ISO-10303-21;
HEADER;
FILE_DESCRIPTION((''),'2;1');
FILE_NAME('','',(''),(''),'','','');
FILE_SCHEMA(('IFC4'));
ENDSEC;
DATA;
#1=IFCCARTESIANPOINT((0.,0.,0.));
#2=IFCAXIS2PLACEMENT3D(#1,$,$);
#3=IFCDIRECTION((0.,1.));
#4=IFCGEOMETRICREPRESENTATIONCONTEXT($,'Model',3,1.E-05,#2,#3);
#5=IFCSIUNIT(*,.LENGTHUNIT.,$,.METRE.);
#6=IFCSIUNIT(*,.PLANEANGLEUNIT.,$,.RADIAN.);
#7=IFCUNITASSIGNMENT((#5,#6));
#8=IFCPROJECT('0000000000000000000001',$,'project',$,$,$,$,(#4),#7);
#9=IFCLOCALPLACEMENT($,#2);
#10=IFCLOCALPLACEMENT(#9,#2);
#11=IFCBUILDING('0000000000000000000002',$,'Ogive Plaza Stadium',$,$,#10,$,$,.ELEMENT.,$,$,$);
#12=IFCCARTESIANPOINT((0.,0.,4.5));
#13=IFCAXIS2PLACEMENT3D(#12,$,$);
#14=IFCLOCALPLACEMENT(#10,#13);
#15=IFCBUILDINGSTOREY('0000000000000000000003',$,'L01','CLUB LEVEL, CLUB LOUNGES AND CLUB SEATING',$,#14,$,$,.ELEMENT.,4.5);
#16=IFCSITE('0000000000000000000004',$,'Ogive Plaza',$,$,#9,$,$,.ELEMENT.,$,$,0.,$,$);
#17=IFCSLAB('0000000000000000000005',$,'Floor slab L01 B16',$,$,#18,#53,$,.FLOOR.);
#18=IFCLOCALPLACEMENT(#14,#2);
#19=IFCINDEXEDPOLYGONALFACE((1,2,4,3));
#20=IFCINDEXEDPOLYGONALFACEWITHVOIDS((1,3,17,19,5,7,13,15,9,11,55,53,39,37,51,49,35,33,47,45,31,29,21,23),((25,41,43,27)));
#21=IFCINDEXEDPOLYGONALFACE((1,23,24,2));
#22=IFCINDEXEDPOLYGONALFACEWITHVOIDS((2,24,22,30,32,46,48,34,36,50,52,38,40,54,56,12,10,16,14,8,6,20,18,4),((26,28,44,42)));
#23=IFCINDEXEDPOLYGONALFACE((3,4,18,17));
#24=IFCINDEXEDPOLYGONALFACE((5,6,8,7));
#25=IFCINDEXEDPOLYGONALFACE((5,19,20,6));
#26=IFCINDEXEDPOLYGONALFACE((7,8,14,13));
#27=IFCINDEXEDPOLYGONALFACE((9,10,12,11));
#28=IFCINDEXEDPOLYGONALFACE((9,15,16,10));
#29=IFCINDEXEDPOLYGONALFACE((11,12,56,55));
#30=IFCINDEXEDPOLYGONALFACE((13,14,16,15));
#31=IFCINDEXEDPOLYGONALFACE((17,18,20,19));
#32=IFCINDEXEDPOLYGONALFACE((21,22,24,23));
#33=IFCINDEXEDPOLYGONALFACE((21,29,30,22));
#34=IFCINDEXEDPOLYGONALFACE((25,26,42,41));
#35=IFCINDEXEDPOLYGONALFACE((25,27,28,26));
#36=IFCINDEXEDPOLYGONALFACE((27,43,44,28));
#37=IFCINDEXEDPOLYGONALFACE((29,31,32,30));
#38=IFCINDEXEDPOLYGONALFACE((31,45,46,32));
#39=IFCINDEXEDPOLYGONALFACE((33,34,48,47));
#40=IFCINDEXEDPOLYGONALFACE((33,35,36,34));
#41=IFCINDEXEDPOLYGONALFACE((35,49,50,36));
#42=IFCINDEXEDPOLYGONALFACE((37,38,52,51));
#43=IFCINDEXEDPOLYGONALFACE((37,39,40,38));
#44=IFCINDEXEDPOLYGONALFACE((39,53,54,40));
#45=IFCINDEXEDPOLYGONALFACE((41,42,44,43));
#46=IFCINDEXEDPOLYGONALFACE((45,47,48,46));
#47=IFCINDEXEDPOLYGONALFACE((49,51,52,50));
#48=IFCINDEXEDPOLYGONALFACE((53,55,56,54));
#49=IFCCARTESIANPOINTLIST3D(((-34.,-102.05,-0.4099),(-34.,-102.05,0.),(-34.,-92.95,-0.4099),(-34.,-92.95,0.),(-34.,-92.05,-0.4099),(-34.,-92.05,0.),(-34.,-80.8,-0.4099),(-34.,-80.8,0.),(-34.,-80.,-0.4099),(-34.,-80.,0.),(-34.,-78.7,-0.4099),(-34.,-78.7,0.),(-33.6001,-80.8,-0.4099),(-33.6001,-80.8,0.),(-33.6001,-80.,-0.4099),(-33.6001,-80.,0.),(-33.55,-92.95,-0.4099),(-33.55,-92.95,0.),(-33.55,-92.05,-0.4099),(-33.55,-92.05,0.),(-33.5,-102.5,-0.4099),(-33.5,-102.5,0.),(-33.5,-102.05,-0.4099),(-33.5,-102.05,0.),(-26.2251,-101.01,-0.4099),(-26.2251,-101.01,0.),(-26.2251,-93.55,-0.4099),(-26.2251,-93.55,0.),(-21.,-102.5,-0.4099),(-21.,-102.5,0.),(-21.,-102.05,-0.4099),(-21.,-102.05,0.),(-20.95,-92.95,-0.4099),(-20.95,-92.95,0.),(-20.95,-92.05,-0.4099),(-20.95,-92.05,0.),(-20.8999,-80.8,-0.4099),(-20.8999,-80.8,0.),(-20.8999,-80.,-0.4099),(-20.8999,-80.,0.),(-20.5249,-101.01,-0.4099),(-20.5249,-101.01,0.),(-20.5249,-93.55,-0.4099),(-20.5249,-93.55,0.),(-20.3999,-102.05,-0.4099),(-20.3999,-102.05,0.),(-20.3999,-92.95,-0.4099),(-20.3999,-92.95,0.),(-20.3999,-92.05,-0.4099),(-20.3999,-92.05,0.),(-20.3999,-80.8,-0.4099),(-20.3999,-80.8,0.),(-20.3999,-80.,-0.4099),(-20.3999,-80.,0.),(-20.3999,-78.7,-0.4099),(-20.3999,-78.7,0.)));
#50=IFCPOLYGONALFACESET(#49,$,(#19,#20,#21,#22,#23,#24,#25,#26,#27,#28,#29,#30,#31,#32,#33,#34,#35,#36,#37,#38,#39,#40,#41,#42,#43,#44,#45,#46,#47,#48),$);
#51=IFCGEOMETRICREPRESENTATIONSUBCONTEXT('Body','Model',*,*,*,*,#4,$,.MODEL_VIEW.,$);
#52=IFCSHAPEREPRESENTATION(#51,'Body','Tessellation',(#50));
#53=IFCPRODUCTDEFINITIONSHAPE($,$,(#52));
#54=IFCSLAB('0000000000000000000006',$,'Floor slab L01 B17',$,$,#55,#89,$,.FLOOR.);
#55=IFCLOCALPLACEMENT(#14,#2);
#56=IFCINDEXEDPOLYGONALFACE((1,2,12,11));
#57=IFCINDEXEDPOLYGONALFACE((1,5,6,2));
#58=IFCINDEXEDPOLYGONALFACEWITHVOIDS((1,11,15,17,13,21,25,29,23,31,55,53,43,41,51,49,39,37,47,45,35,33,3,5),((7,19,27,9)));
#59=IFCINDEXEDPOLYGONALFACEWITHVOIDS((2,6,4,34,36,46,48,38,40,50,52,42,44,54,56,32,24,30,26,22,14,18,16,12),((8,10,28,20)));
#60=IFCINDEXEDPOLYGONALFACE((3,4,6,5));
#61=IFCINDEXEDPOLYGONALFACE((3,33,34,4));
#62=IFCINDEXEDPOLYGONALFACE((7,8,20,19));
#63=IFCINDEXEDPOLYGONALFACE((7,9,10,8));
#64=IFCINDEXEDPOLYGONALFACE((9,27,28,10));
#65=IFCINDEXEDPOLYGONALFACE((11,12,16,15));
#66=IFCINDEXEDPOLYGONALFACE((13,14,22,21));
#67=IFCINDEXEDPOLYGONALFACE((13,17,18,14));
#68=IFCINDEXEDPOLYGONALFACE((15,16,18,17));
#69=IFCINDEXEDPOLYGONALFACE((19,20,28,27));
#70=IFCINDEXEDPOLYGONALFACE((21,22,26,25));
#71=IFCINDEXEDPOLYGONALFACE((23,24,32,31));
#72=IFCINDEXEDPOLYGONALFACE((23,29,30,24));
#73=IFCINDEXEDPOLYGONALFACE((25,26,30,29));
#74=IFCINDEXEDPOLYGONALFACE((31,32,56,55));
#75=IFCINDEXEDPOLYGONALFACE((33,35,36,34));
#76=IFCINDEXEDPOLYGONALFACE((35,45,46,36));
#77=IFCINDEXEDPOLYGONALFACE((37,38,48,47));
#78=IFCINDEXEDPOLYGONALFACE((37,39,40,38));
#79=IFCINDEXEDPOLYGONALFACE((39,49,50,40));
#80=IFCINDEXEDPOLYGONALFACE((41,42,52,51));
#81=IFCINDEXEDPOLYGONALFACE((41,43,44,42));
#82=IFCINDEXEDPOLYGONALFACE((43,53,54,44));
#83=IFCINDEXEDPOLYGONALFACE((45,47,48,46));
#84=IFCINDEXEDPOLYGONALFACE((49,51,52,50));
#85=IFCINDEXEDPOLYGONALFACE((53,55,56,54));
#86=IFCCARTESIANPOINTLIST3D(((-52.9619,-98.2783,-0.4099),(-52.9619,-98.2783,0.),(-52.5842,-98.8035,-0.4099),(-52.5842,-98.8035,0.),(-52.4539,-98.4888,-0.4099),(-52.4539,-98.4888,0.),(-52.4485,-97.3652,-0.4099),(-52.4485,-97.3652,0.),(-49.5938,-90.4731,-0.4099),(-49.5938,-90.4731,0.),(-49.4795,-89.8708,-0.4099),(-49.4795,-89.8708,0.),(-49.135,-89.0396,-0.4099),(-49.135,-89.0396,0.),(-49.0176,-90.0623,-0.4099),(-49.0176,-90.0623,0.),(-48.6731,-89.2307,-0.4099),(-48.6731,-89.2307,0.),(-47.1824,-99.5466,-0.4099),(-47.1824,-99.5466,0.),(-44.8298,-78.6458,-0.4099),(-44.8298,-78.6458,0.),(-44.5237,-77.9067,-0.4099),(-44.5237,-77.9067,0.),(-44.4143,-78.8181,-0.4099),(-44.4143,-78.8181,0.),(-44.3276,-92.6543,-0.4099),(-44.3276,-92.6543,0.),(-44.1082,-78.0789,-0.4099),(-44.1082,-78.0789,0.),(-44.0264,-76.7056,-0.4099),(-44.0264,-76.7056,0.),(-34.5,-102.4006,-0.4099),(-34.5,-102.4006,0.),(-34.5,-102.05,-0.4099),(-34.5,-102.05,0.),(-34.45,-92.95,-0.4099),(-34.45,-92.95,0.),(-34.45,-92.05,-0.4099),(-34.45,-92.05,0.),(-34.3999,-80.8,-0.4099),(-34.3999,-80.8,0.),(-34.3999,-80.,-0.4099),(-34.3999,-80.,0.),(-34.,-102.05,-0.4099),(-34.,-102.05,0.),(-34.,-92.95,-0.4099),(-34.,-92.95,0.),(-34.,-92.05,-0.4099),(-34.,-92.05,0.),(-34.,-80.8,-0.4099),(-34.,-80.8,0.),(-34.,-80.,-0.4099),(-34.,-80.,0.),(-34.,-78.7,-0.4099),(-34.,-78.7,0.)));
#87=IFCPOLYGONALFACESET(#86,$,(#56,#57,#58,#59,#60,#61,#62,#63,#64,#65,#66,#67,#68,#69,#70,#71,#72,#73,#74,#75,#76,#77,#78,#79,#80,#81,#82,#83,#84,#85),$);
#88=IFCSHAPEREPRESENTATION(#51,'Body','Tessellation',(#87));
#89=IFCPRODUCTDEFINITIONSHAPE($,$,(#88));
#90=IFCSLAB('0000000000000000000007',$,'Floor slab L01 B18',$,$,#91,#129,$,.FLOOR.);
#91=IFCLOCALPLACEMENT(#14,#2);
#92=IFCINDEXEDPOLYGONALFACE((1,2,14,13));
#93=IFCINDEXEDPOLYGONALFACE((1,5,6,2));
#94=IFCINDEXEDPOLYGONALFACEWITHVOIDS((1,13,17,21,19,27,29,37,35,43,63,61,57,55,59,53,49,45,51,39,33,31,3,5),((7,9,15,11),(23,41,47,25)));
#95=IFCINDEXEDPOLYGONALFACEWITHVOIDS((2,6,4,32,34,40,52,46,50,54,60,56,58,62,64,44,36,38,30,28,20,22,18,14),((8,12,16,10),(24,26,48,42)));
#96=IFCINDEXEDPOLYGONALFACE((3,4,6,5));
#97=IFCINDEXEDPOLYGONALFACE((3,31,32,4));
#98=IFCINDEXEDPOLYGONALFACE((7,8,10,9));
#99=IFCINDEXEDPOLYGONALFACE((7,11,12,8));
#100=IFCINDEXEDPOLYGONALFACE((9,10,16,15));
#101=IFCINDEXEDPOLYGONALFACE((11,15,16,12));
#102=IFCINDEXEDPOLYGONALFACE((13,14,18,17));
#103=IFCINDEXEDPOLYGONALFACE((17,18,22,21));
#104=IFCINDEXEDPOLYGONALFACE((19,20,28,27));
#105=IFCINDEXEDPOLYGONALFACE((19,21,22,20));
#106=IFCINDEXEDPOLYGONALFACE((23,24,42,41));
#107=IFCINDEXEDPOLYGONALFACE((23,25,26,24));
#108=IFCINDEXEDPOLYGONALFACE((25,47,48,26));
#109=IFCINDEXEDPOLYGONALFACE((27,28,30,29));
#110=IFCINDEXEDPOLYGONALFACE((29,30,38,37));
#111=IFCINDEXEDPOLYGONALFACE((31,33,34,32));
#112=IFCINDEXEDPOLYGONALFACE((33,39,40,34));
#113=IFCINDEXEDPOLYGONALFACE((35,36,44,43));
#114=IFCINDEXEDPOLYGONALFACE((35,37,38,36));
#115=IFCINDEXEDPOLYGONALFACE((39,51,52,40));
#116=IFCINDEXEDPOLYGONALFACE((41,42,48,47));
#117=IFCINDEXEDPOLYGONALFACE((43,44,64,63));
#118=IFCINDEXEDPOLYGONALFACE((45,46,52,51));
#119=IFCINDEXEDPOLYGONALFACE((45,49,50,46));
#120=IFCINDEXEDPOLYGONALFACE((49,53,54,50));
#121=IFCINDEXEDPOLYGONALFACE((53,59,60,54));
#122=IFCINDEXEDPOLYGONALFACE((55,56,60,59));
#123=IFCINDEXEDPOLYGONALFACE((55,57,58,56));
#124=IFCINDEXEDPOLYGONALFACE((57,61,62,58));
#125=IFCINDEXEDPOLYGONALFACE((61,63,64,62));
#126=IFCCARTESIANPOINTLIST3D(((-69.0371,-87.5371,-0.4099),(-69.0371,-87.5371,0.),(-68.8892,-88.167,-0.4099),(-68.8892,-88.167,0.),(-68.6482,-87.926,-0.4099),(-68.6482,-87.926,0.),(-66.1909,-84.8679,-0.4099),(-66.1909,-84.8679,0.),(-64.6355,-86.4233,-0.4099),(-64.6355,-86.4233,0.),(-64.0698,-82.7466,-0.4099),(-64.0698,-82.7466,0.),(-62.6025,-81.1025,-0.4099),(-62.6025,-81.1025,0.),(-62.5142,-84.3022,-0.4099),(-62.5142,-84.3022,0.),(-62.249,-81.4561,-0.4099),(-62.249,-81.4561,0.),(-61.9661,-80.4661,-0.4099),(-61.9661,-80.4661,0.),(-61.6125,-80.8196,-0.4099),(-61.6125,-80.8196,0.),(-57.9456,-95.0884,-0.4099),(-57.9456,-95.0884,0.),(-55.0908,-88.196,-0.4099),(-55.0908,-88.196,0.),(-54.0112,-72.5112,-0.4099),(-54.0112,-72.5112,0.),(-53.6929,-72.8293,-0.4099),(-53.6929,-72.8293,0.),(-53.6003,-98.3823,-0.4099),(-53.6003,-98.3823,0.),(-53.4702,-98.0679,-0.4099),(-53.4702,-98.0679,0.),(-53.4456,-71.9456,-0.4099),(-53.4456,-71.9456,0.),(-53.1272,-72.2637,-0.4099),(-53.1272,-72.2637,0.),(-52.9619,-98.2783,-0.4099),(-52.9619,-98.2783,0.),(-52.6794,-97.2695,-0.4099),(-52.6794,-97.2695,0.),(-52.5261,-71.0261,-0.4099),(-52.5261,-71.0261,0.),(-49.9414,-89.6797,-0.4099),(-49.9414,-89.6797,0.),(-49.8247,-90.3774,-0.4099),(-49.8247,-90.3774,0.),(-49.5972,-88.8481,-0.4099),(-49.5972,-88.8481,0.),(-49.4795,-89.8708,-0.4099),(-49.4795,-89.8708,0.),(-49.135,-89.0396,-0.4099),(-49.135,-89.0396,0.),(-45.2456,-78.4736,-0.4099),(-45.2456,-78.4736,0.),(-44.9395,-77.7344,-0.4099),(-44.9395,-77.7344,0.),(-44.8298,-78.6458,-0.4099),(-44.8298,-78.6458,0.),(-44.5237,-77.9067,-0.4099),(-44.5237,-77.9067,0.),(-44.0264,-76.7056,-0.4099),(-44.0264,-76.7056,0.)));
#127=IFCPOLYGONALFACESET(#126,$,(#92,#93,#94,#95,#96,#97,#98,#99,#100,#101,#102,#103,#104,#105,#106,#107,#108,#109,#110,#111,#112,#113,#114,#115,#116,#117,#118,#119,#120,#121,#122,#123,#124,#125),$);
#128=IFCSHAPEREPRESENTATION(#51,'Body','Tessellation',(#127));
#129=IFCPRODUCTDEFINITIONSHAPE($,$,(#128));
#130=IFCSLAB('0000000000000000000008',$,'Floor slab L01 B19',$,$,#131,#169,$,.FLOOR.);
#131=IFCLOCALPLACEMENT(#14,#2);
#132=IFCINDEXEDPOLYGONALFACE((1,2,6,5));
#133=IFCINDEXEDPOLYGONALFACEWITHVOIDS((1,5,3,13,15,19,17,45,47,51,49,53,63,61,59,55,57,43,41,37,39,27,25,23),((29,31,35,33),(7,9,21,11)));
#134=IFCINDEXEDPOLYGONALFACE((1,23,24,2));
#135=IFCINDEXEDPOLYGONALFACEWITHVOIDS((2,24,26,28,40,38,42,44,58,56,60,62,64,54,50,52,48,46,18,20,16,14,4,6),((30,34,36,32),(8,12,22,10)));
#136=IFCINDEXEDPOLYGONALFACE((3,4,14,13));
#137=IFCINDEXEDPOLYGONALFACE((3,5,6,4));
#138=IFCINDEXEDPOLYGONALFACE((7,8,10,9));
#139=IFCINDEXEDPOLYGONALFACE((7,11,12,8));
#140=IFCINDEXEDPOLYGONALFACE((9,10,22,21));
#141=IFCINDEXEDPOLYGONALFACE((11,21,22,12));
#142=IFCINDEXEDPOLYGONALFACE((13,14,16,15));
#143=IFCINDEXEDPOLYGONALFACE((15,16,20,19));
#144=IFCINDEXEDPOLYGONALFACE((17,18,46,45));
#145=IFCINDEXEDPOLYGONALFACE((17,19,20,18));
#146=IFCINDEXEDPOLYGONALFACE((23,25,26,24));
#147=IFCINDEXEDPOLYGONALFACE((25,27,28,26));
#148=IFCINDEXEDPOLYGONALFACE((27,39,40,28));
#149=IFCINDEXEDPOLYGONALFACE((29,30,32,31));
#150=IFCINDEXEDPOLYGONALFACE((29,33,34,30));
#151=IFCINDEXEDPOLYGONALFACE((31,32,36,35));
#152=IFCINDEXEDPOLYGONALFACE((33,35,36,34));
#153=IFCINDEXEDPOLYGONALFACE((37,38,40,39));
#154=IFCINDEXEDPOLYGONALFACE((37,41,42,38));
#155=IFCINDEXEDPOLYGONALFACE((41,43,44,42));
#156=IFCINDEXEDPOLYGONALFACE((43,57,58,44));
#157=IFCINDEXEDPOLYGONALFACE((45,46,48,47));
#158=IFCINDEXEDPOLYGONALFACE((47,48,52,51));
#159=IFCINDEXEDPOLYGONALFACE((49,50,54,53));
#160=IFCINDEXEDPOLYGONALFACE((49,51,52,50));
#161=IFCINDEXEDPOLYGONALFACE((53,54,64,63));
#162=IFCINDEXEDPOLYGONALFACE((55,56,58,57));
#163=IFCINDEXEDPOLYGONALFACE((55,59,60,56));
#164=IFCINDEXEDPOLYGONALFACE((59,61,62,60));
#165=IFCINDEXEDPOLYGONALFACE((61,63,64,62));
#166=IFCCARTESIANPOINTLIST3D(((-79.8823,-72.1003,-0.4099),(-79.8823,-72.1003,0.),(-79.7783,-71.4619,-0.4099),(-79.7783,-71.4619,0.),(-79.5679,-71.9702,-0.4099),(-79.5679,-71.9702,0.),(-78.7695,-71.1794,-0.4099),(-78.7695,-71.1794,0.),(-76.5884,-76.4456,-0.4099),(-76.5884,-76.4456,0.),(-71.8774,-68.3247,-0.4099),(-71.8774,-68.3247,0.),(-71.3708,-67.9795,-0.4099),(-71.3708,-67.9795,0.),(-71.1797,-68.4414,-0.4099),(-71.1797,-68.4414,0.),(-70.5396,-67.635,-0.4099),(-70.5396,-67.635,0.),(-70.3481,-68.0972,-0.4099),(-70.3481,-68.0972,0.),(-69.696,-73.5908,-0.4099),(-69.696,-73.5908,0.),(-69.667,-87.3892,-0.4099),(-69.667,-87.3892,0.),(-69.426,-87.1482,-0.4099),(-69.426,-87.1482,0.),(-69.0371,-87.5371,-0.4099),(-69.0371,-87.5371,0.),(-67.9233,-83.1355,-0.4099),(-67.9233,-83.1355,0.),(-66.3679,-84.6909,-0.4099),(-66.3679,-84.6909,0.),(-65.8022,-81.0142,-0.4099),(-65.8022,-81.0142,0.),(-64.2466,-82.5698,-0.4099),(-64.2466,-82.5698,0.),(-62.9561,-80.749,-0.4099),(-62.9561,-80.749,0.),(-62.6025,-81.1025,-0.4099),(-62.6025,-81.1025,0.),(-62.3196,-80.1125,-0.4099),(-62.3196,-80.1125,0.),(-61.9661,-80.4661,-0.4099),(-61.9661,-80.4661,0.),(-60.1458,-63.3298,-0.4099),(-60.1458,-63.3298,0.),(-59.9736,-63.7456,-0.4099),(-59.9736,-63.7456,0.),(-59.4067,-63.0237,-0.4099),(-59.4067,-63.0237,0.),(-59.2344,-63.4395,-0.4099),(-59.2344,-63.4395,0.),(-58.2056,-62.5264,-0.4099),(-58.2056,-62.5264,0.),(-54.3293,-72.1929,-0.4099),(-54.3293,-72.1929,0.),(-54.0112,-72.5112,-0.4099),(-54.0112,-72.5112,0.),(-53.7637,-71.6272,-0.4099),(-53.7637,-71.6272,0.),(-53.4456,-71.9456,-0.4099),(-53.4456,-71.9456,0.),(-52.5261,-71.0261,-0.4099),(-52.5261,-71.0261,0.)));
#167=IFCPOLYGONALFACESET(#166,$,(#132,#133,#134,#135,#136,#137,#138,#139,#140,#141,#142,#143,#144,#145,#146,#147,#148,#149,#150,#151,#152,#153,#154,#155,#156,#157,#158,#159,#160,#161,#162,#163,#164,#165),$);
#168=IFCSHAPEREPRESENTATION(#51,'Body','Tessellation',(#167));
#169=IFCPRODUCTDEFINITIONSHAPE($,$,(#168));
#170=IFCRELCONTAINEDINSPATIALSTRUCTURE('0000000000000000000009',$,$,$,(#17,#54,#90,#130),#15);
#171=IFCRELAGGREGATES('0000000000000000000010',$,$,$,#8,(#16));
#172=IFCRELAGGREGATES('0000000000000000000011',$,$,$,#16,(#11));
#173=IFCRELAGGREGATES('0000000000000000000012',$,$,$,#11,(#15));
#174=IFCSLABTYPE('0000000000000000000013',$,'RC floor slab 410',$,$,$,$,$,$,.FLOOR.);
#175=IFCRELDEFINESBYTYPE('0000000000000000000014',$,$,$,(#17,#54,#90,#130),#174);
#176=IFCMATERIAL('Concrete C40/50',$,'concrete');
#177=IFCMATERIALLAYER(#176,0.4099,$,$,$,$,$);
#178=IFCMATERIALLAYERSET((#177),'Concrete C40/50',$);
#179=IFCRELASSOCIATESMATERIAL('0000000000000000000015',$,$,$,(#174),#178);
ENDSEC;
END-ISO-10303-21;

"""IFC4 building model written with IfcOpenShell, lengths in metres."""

from ifc_helpers import new_model, si_unit, direction, frame, origin, place, context, subcontext, project, spatial, polyline, outline, extrude, material, layer, layer_set, type_object, element, save


model = new_model("IFC4")

# Units and contexts
model_context = context("Model", 3, precision=1e-05, world=origin(), true_north=direction((0.0, 1.0)))
body_context = subcontext(model_context, "Body", "Model", "MODEL_VIEW")
ifc_project = project(units=[si_unit("LENGTHUNIT", "METRE"), si_unit("PLANEANGLEUNIT", "RADIAN")], contexts=[model_context])

# Site, building, storey
site_placement = place(None, origin())
site = spatial("IfcSite", under=ifc_project, at=site_placement, Name="Ogive Plaza", CompositionType="ELEMENT", RefElevation=0.0)
building_placement = place(site_placement, origin())
building = spatial("IfcBuilding", under=site, at=building_placement, Name="Ogive Plaza Stadium", CompositionType="ELEMENT")
storey_placement = place(building_placement, frame((0.0, 0.0, 4.5)))
storey = spatial("IfcBuildingStorey", under=building, at=storey_placement, Name="L01", Description="CLUB LEVEL, CLUB LOUNGES AND CLUB SEATING", CompositionType="ELEMENT", Elevation=4.5)

# Slabs
ifc_material = material(Name="Concrete C40/50", Category="concrete")
ifc_layer = layer(ifc_material, 0.4099)
ifc_layer_set = layer_set([ifc_layer], Name="Concrete C40/50")
slab_type = type_object("IfcSlabType", Name="RC floor slab 410", PredefinedType="FLOOR", material=ifc_layer_set)
slab_1_placement = place(storey_placement, frame((0.0, 0.0, -0.4099)))
element("IfcSlab", 1, at=slab_1_placement, inside=storey, type_object=slab_type, Name="Floor slab L01 B16", PredefinedType="FLOOR", context=body_context, shape_type="SweptSolid", body=[
    extrude(outline(polyline([(-34.0, -80.0), (-33.6001, -80.0), (-33.6001, -80.8), (-34.0, -80.8), (-34.0, -92.05), (-33.55, -92.05), (-33.55, -92.95), (-34.0, -92.95), (-34.0, -102.05), (-33.5, -102.05), (-33.5, -102.5), (-21.0, -102.5), (-21.0, -102.05), (-20.3999, -102.05), (-20.3999, -92.95), (-20.95, -92.95), (-20.95, -92.05), (-20.3999, -92.05), (-20.3999, -80.8), (-20.8999, -80.8), (-20.8999, -80.0), (-20.3999, -80.0), (-20.3999, -78.7), (-34.0, -78.7), (-34.0, -80.0)]), holes=[polyline([(-20.5249, -93.55), (-26.2251, -93.55), (-26.2251, -101.01), (-20.5249, -101.01), (-20.5249, -93.55)])]), origin(), (0.0, 0.0, 1.0), 0.4099),
])
slab_2_placement = place(storey_placement, frame((0.0, 0.0, -0.4099)))
element("IfcSlab", 2, at=slab_2_placement, inside=storey, type_object=slab_type, Name="Floor slab L01 B17", PredefinedType="FLOOR", context=body_context, shape_type="SweptSolid", body=[
    extrude(outline(polyline([(-44.5237, -77.9067), (-44.1082, -78.0789), (-44.4143, -78.8181), (-44.8298, -78.6458), (-49.135, -89.0396), (-48.6731, -89.2307), (-49.0176, -90.0623), (-49.4795, -89.8708), (-52.9619, -98.2783), (-52.4539, -98.4888), (-52.5842, -98.8035), (-34.5, -102.4006), (-34.5, -102.05), (-34.0, -102.05), (-34.0, -92.95), (-34.45, -92.95), (-34.45, -92.05), (-34.0, -92.05), (-34.0, -80.8), (-34.3999, -80.8), (-34.3999, -80.0), (-34.0, -80.0), (-34.0, -78.7), (-44.0264, -76.7056), (-44.5237, -77.9067)]), holes=[polyline([(-44.3276, -92.6543), (-49.5938, -90.4731), (-52.4485, -97.3652), (-47.1824, -99.5466), (-44.3276, -92.6543)])]), origin(), (0.0, 0.0, 1.0), 0.4099),
])
slab_3_placement = place(storey_placement, frame((0.0, 0.0, -0.4099)))
element("IfcSlab", 3, at=slab_3_placement, inside=storey, type_object=slab_type, Name="Floor slab L01 B18", PredefinedType="FLOOR", context=body_context, shape_type="SweptSolid", body=[
    extrude(outline(polyline([(-53.4456, -71.9456), (-53.1272, -72.2637), (-53.6929, -72.8293), (-54.0112, -72.5112), (-61.9661, -80.4661), (-61.6125, -80.8196), (-62.249, -81.4561), (-62.6025, -81.1025), (-69.0371, -87.5371), (-68.6482, -87.926), (-68.8892, -88.167), (-53.6003, -98.3823), (-53.4702, -98.0679), (-52.9619, -98.2783), (-49.4795, -89.8708), (-49.9414, -89.6797), (-49.5972, -88.8481), (-49.135, -89.0396), (-44.8298, -78.6458), (-45.2456, -78.4736), (-44.9395, -77.7344), (-44.5237, -77.9067), (-44.0264, -76.7056), (-52.5261, -71.0261), (-53.4456, -71.9456)]), holes=[polyline([(-55.0908, -88.196), (-57.9456, -95.0884), (-52.6794, -97.2695), (-49.8247, -90.3774), (-55.0908, -88.196)]), polyline([(-62.5142, -84.3022), (-64.0698, -82.7466), (-66.1909, -84.8679), (-64.6355, -86.4233), (-62.5142, -84.3022)])]), origin(), (0.0, 0.0, 1.0), 0.4099),
])
slab_4_placement = place(storey_placement, frame((0.0, 0.0, -0.4099)))
element("IfcSlab", 4, at=slab_4_placement, inside=storey, type_object=slab_type, Name="Floor slab L01 B19", PredefinedType="FLOOR", context=body_context, shape_type="SweptSolid", body=[
    extrude(outline(polyline([(-59.4067, -63.0237), (-59.2344, -63.4395), (-59.9736, -63.7456), (-60.1458, -63.3298), (-70.5396, -67.635), (-70.3481, -68.0972), (-71.1797, -68.4414), (-71.3708, -67.9795), (-79.7783, -71.4619), (-79.5679, -71.9702), (-79.8823, -72.1003), (-69.667, -87.3892), (-69.426, -87.1482), (-69.0371, -87.5371), (-62.6025, -81.1025), (-62.9561, -80.749), (-62.3196, -80.1125), (-61.9661, -80.4661), (-54.0112, -72.5112), (-54.3293, -72.1929), (-53.7637, -71.6272), (-53.4456, -71.9456), (-52.5261, -71.0261), (-58.2056, -62.5264), (-59.4067, -63.0237)]), holes=[polyline([(-64.2466, -82.5698), (-65.8022, -81.0142), (-67.9233, -83.1355), (-66.3679, -84.6909), (-64.2466, -82.5698)]), polyline([(-69.696, -73.5908), (-71.8774, -68.3247), (-78.7695, -71.1794), (-76.5884, -76.4456), (-69.696, -73.5908)])]), origin(), (0.0, 0.0, 1.0), 0.4099),
])

save(model, "model.ifc")
